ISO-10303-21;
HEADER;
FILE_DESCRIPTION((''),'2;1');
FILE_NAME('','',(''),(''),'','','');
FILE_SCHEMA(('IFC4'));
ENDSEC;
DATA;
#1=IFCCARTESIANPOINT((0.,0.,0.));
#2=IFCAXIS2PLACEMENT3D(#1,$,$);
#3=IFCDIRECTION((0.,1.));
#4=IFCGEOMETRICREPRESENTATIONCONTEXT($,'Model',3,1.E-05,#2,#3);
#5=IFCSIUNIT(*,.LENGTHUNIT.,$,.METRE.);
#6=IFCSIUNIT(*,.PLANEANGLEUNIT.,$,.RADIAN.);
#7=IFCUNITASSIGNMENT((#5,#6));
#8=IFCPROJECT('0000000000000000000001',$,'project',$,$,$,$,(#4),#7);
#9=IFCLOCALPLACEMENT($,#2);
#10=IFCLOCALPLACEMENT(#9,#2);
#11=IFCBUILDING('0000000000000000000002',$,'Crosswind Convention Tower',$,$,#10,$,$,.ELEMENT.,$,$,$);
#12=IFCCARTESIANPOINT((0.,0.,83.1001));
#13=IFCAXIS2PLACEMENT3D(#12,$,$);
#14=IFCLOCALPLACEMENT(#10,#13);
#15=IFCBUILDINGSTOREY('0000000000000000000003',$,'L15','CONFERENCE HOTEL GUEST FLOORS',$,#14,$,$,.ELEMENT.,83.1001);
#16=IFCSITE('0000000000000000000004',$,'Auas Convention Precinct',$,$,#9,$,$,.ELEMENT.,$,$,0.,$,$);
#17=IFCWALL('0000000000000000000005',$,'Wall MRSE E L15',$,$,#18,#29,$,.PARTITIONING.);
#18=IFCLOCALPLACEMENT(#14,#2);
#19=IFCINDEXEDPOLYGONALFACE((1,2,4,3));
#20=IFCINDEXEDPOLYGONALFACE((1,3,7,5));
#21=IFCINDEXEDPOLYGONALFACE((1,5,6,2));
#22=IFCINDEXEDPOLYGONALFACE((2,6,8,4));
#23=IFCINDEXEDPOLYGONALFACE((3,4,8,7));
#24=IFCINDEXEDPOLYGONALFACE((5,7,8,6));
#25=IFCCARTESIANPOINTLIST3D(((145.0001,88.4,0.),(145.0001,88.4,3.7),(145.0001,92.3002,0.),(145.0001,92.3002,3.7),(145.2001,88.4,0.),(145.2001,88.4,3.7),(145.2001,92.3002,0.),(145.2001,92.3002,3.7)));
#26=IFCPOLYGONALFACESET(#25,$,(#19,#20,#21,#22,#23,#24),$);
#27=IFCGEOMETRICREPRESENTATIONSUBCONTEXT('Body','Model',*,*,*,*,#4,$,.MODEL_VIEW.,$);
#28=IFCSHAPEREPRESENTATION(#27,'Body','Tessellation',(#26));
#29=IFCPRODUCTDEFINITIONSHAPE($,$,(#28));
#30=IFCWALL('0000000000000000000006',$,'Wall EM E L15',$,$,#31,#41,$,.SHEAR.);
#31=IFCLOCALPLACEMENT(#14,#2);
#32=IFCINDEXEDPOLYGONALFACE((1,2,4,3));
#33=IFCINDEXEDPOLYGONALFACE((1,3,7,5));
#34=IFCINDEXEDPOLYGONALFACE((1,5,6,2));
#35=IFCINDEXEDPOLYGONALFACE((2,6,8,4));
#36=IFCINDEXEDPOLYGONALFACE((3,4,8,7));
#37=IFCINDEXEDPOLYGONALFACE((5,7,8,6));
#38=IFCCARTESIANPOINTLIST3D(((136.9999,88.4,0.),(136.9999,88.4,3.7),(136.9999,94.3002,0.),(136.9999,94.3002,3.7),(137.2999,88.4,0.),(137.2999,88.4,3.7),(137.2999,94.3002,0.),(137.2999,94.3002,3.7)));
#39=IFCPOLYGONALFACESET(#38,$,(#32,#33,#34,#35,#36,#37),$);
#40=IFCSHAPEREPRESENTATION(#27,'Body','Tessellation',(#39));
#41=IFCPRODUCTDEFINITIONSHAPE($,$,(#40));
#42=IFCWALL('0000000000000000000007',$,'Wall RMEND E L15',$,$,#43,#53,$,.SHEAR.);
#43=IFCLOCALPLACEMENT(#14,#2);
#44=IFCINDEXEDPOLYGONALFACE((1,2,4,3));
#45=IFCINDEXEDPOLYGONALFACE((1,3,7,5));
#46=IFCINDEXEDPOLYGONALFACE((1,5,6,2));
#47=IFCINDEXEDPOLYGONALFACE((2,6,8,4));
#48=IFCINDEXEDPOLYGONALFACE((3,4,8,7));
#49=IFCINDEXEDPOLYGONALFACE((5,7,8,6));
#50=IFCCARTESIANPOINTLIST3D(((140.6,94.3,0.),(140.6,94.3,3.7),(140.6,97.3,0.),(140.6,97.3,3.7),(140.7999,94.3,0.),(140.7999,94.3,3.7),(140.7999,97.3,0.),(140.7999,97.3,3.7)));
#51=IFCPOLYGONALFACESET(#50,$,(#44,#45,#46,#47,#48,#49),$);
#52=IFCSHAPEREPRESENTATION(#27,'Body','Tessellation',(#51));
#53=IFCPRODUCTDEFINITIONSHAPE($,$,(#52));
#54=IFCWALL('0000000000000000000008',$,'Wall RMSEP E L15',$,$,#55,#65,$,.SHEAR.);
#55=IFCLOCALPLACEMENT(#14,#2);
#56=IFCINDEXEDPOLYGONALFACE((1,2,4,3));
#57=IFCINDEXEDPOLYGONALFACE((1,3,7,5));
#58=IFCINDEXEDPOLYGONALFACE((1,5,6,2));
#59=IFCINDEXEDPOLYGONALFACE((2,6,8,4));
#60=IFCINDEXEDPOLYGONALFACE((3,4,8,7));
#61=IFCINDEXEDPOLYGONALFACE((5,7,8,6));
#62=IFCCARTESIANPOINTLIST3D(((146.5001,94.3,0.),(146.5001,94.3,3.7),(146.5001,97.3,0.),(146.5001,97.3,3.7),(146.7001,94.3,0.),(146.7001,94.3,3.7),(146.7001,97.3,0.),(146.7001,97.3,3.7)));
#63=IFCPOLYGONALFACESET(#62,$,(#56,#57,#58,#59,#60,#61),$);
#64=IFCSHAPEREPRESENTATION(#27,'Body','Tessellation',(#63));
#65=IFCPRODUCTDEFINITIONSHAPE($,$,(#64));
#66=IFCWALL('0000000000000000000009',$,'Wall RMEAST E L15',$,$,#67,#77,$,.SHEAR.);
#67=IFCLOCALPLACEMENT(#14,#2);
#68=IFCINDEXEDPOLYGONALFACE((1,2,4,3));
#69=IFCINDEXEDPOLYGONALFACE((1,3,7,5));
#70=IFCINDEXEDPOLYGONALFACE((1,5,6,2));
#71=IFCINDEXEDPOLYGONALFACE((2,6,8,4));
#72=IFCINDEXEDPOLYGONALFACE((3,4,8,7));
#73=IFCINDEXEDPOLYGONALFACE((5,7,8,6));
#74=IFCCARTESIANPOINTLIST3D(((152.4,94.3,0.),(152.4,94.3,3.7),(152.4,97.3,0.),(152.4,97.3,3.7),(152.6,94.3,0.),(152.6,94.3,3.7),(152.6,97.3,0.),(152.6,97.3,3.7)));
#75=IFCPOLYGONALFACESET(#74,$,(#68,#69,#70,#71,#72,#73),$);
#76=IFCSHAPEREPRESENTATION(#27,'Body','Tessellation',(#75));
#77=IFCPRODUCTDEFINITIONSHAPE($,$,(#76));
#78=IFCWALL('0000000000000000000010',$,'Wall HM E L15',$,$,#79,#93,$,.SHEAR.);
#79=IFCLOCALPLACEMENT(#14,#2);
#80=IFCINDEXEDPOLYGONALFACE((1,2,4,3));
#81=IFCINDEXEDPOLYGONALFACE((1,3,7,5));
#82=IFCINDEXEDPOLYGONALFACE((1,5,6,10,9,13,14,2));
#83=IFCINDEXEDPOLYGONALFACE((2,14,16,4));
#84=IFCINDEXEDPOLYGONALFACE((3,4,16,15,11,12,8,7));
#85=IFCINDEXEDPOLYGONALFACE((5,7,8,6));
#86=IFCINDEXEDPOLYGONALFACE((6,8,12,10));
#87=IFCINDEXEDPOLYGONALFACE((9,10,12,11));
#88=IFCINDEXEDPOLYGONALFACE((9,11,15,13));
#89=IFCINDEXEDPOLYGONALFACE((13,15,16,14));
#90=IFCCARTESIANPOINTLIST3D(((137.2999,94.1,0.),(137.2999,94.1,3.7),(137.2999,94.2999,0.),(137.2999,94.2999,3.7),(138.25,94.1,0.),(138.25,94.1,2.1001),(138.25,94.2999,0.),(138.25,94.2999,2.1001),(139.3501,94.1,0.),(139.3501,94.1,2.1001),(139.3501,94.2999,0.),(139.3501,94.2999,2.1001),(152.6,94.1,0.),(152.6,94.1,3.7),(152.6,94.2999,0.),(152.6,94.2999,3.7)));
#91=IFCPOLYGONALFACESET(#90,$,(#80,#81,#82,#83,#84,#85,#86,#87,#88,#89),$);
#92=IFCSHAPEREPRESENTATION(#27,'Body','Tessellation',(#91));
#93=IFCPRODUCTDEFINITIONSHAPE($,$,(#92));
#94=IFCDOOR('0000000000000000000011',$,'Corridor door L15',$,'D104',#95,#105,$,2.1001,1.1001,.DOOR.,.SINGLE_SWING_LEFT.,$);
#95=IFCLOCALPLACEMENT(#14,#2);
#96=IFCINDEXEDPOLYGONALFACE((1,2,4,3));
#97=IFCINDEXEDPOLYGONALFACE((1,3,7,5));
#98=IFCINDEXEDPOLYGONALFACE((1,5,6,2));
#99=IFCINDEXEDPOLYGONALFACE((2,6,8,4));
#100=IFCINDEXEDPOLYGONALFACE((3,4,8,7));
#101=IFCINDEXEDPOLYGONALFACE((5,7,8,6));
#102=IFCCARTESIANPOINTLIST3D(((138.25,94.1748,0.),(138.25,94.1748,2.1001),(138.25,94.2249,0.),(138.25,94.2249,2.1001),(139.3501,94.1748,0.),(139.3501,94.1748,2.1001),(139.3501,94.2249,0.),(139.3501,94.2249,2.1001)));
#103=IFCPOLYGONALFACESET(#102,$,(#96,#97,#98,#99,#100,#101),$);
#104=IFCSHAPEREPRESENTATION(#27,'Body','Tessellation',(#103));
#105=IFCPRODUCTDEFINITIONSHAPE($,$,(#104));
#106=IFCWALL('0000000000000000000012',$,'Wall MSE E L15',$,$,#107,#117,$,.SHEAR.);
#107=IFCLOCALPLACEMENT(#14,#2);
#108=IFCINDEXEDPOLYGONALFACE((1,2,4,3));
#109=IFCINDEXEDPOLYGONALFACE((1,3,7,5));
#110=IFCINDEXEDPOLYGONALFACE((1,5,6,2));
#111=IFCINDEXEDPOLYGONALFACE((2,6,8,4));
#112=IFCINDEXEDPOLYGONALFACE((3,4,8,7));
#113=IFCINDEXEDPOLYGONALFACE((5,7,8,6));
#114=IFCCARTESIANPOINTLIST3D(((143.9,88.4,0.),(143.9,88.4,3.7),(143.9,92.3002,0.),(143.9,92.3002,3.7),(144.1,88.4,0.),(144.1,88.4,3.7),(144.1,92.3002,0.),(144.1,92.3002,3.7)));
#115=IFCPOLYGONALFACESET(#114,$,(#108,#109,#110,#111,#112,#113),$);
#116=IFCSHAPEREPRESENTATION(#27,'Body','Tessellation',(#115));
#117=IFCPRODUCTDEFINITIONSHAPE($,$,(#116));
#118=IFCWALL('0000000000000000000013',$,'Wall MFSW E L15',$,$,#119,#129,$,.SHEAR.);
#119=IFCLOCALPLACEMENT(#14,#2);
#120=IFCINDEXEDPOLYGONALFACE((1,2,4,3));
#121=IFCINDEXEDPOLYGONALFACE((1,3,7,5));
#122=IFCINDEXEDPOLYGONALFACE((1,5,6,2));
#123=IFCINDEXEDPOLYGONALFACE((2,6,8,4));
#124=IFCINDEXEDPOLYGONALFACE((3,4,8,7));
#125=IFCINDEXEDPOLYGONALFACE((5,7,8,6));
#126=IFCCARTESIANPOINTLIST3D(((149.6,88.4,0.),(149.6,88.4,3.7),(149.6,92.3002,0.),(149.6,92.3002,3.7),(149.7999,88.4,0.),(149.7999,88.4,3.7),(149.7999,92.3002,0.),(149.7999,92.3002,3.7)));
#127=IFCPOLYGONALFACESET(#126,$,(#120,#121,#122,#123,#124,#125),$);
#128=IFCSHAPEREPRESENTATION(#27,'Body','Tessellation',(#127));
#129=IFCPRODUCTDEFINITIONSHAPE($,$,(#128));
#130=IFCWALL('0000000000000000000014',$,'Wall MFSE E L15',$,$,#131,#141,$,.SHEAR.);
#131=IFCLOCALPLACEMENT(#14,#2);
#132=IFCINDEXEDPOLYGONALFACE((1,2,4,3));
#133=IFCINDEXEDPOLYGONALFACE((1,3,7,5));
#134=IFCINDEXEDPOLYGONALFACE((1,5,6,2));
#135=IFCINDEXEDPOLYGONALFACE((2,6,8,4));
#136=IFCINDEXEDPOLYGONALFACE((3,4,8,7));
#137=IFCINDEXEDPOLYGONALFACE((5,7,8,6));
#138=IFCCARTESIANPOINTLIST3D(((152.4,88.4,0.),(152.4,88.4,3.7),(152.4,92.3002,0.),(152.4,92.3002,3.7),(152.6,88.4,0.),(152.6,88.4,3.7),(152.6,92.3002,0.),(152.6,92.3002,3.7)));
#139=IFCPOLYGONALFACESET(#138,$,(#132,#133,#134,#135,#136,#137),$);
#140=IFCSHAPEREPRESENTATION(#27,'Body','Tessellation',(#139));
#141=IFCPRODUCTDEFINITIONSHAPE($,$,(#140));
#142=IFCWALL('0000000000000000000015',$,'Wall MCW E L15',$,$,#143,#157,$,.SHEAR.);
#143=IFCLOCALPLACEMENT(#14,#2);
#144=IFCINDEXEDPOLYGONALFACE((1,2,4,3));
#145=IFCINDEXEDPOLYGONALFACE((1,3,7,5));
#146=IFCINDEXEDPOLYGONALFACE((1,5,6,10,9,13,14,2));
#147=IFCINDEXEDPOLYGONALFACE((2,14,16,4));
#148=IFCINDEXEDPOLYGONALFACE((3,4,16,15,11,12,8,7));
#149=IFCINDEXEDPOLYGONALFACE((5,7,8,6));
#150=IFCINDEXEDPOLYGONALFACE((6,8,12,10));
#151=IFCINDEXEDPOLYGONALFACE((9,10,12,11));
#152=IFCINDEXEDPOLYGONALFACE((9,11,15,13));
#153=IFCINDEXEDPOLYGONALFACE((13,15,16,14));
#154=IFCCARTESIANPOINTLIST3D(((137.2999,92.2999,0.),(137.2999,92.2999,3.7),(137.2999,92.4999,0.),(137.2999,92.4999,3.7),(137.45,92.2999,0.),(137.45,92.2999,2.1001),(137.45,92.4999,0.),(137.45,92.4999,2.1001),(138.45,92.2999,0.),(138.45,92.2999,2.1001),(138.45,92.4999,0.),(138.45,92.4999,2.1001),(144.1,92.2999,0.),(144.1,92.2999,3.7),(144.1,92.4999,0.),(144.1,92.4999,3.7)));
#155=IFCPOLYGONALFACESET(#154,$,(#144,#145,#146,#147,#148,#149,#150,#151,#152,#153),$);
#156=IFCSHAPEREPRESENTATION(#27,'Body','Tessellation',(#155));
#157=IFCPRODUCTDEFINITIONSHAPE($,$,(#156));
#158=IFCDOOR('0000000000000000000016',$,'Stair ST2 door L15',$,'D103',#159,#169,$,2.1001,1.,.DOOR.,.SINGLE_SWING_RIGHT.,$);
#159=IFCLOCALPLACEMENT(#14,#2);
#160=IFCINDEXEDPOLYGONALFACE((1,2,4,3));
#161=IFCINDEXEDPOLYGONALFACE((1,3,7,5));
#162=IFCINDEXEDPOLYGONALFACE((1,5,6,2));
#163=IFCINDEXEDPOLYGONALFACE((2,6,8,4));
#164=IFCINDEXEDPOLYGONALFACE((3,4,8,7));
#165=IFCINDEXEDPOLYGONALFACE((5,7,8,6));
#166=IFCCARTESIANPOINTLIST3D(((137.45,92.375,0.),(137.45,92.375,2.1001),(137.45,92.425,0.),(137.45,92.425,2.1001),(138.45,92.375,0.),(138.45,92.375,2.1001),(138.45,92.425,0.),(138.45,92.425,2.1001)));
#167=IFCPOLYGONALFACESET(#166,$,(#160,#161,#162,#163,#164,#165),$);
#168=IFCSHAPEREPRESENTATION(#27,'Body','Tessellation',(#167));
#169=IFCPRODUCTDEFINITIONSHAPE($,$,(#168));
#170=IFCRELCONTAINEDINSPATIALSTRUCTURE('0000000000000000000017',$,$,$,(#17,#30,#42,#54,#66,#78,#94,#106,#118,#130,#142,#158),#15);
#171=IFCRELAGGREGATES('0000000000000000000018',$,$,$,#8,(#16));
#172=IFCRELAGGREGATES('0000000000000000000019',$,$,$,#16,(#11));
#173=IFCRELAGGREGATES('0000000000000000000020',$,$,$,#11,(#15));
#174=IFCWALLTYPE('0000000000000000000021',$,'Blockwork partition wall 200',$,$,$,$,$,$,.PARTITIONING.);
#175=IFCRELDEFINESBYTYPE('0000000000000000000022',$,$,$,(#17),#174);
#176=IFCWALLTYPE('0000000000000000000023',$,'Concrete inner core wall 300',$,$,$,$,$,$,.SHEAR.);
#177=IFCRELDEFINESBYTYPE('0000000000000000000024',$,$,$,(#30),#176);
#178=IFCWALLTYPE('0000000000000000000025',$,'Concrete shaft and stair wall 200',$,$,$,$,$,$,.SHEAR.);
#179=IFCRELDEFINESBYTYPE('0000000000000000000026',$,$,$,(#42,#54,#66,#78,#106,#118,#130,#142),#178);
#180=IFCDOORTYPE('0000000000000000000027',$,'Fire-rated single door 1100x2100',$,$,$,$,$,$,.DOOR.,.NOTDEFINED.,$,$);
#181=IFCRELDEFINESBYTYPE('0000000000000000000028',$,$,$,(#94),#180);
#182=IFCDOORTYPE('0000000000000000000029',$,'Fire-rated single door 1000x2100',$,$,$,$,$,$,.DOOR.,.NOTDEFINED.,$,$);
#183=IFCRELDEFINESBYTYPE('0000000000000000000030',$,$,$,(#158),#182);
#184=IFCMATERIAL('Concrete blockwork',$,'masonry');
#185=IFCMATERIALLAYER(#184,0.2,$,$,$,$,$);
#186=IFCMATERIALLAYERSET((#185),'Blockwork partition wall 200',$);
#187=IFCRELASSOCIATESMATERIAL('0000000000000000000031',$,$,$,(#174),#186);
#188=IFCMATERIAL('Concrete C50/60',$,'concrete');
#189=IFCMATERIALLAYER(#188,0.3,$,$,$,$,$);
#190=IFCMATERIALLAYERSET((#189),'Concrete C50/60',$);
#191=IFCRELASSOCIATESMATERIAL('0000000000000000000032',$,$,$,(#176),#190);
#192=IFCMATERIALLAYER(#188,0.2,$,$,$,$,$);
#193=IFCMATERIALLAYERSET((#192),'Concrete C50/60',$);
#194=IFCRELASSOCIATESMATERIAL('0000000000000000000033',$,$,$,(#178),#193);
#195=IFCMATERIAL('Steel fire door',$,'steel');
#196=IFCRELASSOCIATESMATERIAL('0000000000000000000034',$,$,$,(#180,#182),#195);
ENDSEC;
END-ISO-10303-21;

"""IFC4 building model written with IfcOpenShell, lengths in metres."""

from ifc_helpers import new_model, si_unit, direction, frame, frame_2d, origin, place, context, subcontext, project, spatial, rectangle, extrude, material, layer, layer_set, type_object, element, fill, save


model = new_model("IFC4")

# Units and contexts
model_context = context("Model", 3, precision=1e-05, world=origin(), true_north=direction((0.0, 1.0)))
body_context = subcontext(model_context, "Body", "Model", "MODEL_VIEW")
ifc_project = project(units=[si_unit("LENGTHUNIT", "METRE"), si_unit("PLANEANGLEUNIT", "RADIAN")], contexts=[model_context])

# Site, building, storey
site_placement = place(None, origin())
site = spatial("IfcSite", under=ifc_project, at=site_placement, Name="Auas Convention Precinct", CompositionType="ELEMENT", RefElevation=0.0)
building_placement = place(site_placement, origin())
building = spatial("IfcBuilding", under=site, at=building_placement, Name="Crosswind Convention Tower", CompositionType="ELEMENT")
storey_placement = place(building_placement, frame((0.0, 0.0, 83.1001)))
storey = spatial("IfcBuildingStorey", under=building, at=storey_placement, Name="L15", Description="CONFERENCE HOTEL GUEST FLOORS", CompositionType="ELEMENT", Elevation=83.1001)

# Wall
ifc_material_1 = material(Name="Concrete blockwork", Category="masonry")
ifc_layer_1 = layer(ifc_material_1, 0.2)
ifc_layer_set_1 = layer_set([ifc_layer_1], Name="Blockwork partition wall 200")
wall_type_1 = type_object("IfcWallType", Name="Blockwork partition wall 200", PredefinedType="PARTITIONING", material=ifc_layer_set_1)
wall_1_placement = place(storey_placement, frame((145.1001, 88.3999, 0.0), z_axis=(0.0, 0.0, 1.0), x_axis=(0.0, 1.0, 0.0)))
element("IfcWall", 1, at=wall_1_placement, inside=storey, type_object=wall_type_1, Name="Wall MRSE E L15", PredefinedType="PARTITIONING", context=body_context, shape_type="SweptSolid", body=[
    extrude(rectangle(XDim=3.9001, YDim=0.2, at=frame_2d((1.9502, 0.0))), origin(), (0.0, 0.0, 1.0), 3.7),
])

# Shared definitions
ifc_material_2 = material(Name="Concrete C50/60", Category="concrete")
ifc_layer_2 = layer(ifc_material_2, 0.3)
ifc_layer_set_2 = layer_set([ifc_layer_2], Name="Concrete C50/60")
wall_type_2 = type_object("IfcWallType", Name="Concrete inner core wall 300", PredefinedType="SHEAR", material=ifc_layer_set_2)

# Walls
wall_2_placement = place(storey_placement, frame((137.1499, 88.3999, 0.0), z_axis=(0.0, 0.0, 1.0), x_axis=(0.0, 1.0, 0.0)))
element("IfcWall", 2, at=wall_2_placement, inside=storey, type_object=wall_type_2, Name="Wall EM E L15", PredefinedType="SHEAR", context=body_context, shape_type="SweptSolid", body=[
    extrude(rectangle(XDim=5.9001, YDim=0.3, at=frame_2d((2.9502, 0.0))), origin(), (0.0, 0.0, 1.0), 3.7),
])
ifc_layer_3 = layer(ifc_material_2, 0.2)
ifc_layer_set_3 = layer_set([ifc_layer_3], Name="Concrete C50/60")
wall_type_3 = type_object("IfcWallType", Name="Concrete shaft and stair wall 200", PredefinedType="SHEAR", material=ifc_layer_set_3)
for number, where, z_axis, x_axis, name in (
    (3, (140.7, 94.3, 0.0), (0.0, 0.0, 1.0), (0.0, 1.0, 0.0), "Wall RMEND E L15"),
    (4, (146.6001, 94.3, 0.0), (0.0, 0.0, 1.0), (0.0, 1.0, 0.0), "Wall RMSEP E L15"),
    (5, (152.5, 94.3, 0.0), (0.0, 0.0, 1.0), (0.0, 1.0, 0.0), "Wall RMEAST E L15"),
):
    element("IfcWall", number, at=place(storey_placement, frame(where, z_axis=z_axis, x_axis=x_axis)), inside=storey, type_object=wall_type_3, Name=name, PredefinedType="SHEAR", context=body_context, shape_type="SweptSolid", body=[
        extrude(rectangle(XDim=3.0, YDim=0.2, at=frame_2d((1.5, 0.0))), origin(), (0.0, 0.0, 1.0), 3.7),
    ])

# Wall, opening, door
wall_3_placement = place(storey_placement, frame((137.3, 94.2, 0.0), z_axis=(0.0, 0.0, 1.0), x_axis=(1.0, 0.0, 0.0)))
wall_3 = element("IfcWall", 6, at=wall_3_placement, inside=storey, type_object=wall_type_3, Name="Wall HM E L15", PredefinedType="SHEAR", context=body_context, shape_type="SweptSolid", body=[
    extrude(rectangle(XDim=15.3, YDim=0.2, at=frame_2d((7.6499, 0.0))), origin(), (0.0, 0.0, 1.0), 3.7),
])
opening_1_placement = place(wall_3_placement, frame((0.95, 0.0, 0.0)))
opening_1 = element("IfcOpeningElement", 7, at=opening_1_placement, cuts=wall_3, PredefinedType="OPENING", context=body_context, shape_type="SweptSolid", body=[
    extrude(rectangle(XDim=1.1001, YDim=2.1001, at=frame_2d((0.55, 1.05))), frame((0.0, 0.1099, 0.0), z_axis=(0.0, -1.0, 0.0), x_axis=(1.0, 0.0, 0.0)), (0.0, 0.0, 1.0), 0.22),
])
ifc_material_3 = material(Name="Steel fire door", Category="steel")
door_type_1 = type_object("IfcDoorType", Name="Fire-rated single door 1100x2100", OperationType="NOTDEFINED", PredefinedType="DOOR", material=ifc_material_3)
door_1_placement = place(opening_1_placement, origin())
door_1 = element("IfcDoor", 8, at=door_1_placement, inside=storey, type_object=door_type_1, Name="Corridor door L15", ObjectType="D104", OperationType="SINGLE_SWING_LEFT", OverallHeight=2.1001, OverallWidth=1.1001, PredefinedType="DOOR", context=body_context, shape_type="SweptSolid", body=[
    extrude(rectangle(XDim=1.1001, YDim=2.1001, at=frame_2d((0.55, 1.05))), frame((0.0, 0.0249, 0.0), z_axis=(0.0, -1.0, 0.0), x_axis=(1.0, 0.0, 0.0)), (0.0, 0.0, 1.0), 0.05),
])
fill(opening_1, door_1)

# Walls
for number, where, z_axis, x_axis, name in (
    (9, (144.0, 88.3999, 0.0), (0.0, 0.0, 1.0), (0.0, 1.0, 0.0), "Wall MSE E L15"),
    (10, (149.7, 88.3999, 0.0), (0.0, 0.0, 1.0), (0.0, 1.0, 0.0), "Wall MFSW E L15"),
    (11, (152.5, 88.3999, 0.0), (0.0, 0.0, 1.0), (0.0, 1.0, 0.0), "Wall MFSE E L15"),
):
    element("IfcWall", number, at=place(storey_placement, frame(where, z_axis=z_axis, x_axis=x_axis)), inside=storey, type_object=wall_type_3, Name=name, PredefinedType="SHEAR", context=body_context, shape_type="SweptSolid", body=[
        extrude(rectangle(XDim=3.9001, YDim=0.2, at=frame_2d((1.9502, 0.0))), origin(), (0.0, 0.0, 1.0), 3.7),
    ])

# Wall, opening, door
wall_4_placement = place(storey_placement, frame((137.3, 92.3999, 0.0), z_axis=(0.0, 0.0, 1.0), x_axis=(1.0, 0.0, 0.0)))
wall_4 = element("IfcWall", 12, at=wall_4_placement, inside=storey, type_object=wall_type_3, Name="Wall MCW E L15", PredefinedType="SHEAR", context=body_context, shape_type="SweptSolid", body=[
    extrude(rectangle(XDim=6.8, YDim=0.2, at=frame_2d((3.3999, 0.0))), origin(), (0.0, 0.0, 1.0), 3.7),
])
opening_2_placement = place(wall_4_placement, frame((0.1499, 0.0, 0.0)))
opening_2 = element("IfcOpeningElement", 13, at=opening_2_placement, cuts=wall_4, PredefinedType="OPENING", context=body_context, shape_type="SweptSolid", body=[
    extrude(rectangle(XDim=1.0, YDim=2.1001, at=frame_2d((0.5, 1.05))), frame((0.0, 0.1099, 0.0), z_axis=(0.0, -1.0, 0.0), x_axis=(1.0, 0.0, 0.0)), (0.0, 0.0, 1.0), 0.22),
])
door_type_2 = type_object("IfcDoorType", Name="Fire-rated single door 1000x2100", OperationType="NOTDEFINED", PredefinedType="DOOR", material=ifc_material_3)
door_2_placement = place(opening_2_placement, frame((1.0, 0.0, 0.0), z_axis=(0.0, 0.0, 1.0), x_axis=(-1.0, 0.0, 0.0)))
door_2 = element("IfcDoor", 14, at=door_2_placement, inside=storey, type_object=door_type_2, Name="Stair ST2 door L15", ObjectType="D103", OperationType="SINGLE_SWING_RIGHT", OverallHeight=2.1001, OverallWidth=1.0, PredefinedType="DOOR", context=body_context, shape_type="SweptSolid", body=[
    extrude(rectangle(XDim=1.0, YDim=2.1001, at=frame_2d((0.5, 1.05))), frame((0.0, 0.0249, 0.0), z_axis=(0.0, -1.0, 0.0), x_axis=(1.0, 0.0, 0.0)), (0.0, 0.0, 1.0), 0.05),
])
fill(opening_2, door_2)

save(model, "model.ifc")
